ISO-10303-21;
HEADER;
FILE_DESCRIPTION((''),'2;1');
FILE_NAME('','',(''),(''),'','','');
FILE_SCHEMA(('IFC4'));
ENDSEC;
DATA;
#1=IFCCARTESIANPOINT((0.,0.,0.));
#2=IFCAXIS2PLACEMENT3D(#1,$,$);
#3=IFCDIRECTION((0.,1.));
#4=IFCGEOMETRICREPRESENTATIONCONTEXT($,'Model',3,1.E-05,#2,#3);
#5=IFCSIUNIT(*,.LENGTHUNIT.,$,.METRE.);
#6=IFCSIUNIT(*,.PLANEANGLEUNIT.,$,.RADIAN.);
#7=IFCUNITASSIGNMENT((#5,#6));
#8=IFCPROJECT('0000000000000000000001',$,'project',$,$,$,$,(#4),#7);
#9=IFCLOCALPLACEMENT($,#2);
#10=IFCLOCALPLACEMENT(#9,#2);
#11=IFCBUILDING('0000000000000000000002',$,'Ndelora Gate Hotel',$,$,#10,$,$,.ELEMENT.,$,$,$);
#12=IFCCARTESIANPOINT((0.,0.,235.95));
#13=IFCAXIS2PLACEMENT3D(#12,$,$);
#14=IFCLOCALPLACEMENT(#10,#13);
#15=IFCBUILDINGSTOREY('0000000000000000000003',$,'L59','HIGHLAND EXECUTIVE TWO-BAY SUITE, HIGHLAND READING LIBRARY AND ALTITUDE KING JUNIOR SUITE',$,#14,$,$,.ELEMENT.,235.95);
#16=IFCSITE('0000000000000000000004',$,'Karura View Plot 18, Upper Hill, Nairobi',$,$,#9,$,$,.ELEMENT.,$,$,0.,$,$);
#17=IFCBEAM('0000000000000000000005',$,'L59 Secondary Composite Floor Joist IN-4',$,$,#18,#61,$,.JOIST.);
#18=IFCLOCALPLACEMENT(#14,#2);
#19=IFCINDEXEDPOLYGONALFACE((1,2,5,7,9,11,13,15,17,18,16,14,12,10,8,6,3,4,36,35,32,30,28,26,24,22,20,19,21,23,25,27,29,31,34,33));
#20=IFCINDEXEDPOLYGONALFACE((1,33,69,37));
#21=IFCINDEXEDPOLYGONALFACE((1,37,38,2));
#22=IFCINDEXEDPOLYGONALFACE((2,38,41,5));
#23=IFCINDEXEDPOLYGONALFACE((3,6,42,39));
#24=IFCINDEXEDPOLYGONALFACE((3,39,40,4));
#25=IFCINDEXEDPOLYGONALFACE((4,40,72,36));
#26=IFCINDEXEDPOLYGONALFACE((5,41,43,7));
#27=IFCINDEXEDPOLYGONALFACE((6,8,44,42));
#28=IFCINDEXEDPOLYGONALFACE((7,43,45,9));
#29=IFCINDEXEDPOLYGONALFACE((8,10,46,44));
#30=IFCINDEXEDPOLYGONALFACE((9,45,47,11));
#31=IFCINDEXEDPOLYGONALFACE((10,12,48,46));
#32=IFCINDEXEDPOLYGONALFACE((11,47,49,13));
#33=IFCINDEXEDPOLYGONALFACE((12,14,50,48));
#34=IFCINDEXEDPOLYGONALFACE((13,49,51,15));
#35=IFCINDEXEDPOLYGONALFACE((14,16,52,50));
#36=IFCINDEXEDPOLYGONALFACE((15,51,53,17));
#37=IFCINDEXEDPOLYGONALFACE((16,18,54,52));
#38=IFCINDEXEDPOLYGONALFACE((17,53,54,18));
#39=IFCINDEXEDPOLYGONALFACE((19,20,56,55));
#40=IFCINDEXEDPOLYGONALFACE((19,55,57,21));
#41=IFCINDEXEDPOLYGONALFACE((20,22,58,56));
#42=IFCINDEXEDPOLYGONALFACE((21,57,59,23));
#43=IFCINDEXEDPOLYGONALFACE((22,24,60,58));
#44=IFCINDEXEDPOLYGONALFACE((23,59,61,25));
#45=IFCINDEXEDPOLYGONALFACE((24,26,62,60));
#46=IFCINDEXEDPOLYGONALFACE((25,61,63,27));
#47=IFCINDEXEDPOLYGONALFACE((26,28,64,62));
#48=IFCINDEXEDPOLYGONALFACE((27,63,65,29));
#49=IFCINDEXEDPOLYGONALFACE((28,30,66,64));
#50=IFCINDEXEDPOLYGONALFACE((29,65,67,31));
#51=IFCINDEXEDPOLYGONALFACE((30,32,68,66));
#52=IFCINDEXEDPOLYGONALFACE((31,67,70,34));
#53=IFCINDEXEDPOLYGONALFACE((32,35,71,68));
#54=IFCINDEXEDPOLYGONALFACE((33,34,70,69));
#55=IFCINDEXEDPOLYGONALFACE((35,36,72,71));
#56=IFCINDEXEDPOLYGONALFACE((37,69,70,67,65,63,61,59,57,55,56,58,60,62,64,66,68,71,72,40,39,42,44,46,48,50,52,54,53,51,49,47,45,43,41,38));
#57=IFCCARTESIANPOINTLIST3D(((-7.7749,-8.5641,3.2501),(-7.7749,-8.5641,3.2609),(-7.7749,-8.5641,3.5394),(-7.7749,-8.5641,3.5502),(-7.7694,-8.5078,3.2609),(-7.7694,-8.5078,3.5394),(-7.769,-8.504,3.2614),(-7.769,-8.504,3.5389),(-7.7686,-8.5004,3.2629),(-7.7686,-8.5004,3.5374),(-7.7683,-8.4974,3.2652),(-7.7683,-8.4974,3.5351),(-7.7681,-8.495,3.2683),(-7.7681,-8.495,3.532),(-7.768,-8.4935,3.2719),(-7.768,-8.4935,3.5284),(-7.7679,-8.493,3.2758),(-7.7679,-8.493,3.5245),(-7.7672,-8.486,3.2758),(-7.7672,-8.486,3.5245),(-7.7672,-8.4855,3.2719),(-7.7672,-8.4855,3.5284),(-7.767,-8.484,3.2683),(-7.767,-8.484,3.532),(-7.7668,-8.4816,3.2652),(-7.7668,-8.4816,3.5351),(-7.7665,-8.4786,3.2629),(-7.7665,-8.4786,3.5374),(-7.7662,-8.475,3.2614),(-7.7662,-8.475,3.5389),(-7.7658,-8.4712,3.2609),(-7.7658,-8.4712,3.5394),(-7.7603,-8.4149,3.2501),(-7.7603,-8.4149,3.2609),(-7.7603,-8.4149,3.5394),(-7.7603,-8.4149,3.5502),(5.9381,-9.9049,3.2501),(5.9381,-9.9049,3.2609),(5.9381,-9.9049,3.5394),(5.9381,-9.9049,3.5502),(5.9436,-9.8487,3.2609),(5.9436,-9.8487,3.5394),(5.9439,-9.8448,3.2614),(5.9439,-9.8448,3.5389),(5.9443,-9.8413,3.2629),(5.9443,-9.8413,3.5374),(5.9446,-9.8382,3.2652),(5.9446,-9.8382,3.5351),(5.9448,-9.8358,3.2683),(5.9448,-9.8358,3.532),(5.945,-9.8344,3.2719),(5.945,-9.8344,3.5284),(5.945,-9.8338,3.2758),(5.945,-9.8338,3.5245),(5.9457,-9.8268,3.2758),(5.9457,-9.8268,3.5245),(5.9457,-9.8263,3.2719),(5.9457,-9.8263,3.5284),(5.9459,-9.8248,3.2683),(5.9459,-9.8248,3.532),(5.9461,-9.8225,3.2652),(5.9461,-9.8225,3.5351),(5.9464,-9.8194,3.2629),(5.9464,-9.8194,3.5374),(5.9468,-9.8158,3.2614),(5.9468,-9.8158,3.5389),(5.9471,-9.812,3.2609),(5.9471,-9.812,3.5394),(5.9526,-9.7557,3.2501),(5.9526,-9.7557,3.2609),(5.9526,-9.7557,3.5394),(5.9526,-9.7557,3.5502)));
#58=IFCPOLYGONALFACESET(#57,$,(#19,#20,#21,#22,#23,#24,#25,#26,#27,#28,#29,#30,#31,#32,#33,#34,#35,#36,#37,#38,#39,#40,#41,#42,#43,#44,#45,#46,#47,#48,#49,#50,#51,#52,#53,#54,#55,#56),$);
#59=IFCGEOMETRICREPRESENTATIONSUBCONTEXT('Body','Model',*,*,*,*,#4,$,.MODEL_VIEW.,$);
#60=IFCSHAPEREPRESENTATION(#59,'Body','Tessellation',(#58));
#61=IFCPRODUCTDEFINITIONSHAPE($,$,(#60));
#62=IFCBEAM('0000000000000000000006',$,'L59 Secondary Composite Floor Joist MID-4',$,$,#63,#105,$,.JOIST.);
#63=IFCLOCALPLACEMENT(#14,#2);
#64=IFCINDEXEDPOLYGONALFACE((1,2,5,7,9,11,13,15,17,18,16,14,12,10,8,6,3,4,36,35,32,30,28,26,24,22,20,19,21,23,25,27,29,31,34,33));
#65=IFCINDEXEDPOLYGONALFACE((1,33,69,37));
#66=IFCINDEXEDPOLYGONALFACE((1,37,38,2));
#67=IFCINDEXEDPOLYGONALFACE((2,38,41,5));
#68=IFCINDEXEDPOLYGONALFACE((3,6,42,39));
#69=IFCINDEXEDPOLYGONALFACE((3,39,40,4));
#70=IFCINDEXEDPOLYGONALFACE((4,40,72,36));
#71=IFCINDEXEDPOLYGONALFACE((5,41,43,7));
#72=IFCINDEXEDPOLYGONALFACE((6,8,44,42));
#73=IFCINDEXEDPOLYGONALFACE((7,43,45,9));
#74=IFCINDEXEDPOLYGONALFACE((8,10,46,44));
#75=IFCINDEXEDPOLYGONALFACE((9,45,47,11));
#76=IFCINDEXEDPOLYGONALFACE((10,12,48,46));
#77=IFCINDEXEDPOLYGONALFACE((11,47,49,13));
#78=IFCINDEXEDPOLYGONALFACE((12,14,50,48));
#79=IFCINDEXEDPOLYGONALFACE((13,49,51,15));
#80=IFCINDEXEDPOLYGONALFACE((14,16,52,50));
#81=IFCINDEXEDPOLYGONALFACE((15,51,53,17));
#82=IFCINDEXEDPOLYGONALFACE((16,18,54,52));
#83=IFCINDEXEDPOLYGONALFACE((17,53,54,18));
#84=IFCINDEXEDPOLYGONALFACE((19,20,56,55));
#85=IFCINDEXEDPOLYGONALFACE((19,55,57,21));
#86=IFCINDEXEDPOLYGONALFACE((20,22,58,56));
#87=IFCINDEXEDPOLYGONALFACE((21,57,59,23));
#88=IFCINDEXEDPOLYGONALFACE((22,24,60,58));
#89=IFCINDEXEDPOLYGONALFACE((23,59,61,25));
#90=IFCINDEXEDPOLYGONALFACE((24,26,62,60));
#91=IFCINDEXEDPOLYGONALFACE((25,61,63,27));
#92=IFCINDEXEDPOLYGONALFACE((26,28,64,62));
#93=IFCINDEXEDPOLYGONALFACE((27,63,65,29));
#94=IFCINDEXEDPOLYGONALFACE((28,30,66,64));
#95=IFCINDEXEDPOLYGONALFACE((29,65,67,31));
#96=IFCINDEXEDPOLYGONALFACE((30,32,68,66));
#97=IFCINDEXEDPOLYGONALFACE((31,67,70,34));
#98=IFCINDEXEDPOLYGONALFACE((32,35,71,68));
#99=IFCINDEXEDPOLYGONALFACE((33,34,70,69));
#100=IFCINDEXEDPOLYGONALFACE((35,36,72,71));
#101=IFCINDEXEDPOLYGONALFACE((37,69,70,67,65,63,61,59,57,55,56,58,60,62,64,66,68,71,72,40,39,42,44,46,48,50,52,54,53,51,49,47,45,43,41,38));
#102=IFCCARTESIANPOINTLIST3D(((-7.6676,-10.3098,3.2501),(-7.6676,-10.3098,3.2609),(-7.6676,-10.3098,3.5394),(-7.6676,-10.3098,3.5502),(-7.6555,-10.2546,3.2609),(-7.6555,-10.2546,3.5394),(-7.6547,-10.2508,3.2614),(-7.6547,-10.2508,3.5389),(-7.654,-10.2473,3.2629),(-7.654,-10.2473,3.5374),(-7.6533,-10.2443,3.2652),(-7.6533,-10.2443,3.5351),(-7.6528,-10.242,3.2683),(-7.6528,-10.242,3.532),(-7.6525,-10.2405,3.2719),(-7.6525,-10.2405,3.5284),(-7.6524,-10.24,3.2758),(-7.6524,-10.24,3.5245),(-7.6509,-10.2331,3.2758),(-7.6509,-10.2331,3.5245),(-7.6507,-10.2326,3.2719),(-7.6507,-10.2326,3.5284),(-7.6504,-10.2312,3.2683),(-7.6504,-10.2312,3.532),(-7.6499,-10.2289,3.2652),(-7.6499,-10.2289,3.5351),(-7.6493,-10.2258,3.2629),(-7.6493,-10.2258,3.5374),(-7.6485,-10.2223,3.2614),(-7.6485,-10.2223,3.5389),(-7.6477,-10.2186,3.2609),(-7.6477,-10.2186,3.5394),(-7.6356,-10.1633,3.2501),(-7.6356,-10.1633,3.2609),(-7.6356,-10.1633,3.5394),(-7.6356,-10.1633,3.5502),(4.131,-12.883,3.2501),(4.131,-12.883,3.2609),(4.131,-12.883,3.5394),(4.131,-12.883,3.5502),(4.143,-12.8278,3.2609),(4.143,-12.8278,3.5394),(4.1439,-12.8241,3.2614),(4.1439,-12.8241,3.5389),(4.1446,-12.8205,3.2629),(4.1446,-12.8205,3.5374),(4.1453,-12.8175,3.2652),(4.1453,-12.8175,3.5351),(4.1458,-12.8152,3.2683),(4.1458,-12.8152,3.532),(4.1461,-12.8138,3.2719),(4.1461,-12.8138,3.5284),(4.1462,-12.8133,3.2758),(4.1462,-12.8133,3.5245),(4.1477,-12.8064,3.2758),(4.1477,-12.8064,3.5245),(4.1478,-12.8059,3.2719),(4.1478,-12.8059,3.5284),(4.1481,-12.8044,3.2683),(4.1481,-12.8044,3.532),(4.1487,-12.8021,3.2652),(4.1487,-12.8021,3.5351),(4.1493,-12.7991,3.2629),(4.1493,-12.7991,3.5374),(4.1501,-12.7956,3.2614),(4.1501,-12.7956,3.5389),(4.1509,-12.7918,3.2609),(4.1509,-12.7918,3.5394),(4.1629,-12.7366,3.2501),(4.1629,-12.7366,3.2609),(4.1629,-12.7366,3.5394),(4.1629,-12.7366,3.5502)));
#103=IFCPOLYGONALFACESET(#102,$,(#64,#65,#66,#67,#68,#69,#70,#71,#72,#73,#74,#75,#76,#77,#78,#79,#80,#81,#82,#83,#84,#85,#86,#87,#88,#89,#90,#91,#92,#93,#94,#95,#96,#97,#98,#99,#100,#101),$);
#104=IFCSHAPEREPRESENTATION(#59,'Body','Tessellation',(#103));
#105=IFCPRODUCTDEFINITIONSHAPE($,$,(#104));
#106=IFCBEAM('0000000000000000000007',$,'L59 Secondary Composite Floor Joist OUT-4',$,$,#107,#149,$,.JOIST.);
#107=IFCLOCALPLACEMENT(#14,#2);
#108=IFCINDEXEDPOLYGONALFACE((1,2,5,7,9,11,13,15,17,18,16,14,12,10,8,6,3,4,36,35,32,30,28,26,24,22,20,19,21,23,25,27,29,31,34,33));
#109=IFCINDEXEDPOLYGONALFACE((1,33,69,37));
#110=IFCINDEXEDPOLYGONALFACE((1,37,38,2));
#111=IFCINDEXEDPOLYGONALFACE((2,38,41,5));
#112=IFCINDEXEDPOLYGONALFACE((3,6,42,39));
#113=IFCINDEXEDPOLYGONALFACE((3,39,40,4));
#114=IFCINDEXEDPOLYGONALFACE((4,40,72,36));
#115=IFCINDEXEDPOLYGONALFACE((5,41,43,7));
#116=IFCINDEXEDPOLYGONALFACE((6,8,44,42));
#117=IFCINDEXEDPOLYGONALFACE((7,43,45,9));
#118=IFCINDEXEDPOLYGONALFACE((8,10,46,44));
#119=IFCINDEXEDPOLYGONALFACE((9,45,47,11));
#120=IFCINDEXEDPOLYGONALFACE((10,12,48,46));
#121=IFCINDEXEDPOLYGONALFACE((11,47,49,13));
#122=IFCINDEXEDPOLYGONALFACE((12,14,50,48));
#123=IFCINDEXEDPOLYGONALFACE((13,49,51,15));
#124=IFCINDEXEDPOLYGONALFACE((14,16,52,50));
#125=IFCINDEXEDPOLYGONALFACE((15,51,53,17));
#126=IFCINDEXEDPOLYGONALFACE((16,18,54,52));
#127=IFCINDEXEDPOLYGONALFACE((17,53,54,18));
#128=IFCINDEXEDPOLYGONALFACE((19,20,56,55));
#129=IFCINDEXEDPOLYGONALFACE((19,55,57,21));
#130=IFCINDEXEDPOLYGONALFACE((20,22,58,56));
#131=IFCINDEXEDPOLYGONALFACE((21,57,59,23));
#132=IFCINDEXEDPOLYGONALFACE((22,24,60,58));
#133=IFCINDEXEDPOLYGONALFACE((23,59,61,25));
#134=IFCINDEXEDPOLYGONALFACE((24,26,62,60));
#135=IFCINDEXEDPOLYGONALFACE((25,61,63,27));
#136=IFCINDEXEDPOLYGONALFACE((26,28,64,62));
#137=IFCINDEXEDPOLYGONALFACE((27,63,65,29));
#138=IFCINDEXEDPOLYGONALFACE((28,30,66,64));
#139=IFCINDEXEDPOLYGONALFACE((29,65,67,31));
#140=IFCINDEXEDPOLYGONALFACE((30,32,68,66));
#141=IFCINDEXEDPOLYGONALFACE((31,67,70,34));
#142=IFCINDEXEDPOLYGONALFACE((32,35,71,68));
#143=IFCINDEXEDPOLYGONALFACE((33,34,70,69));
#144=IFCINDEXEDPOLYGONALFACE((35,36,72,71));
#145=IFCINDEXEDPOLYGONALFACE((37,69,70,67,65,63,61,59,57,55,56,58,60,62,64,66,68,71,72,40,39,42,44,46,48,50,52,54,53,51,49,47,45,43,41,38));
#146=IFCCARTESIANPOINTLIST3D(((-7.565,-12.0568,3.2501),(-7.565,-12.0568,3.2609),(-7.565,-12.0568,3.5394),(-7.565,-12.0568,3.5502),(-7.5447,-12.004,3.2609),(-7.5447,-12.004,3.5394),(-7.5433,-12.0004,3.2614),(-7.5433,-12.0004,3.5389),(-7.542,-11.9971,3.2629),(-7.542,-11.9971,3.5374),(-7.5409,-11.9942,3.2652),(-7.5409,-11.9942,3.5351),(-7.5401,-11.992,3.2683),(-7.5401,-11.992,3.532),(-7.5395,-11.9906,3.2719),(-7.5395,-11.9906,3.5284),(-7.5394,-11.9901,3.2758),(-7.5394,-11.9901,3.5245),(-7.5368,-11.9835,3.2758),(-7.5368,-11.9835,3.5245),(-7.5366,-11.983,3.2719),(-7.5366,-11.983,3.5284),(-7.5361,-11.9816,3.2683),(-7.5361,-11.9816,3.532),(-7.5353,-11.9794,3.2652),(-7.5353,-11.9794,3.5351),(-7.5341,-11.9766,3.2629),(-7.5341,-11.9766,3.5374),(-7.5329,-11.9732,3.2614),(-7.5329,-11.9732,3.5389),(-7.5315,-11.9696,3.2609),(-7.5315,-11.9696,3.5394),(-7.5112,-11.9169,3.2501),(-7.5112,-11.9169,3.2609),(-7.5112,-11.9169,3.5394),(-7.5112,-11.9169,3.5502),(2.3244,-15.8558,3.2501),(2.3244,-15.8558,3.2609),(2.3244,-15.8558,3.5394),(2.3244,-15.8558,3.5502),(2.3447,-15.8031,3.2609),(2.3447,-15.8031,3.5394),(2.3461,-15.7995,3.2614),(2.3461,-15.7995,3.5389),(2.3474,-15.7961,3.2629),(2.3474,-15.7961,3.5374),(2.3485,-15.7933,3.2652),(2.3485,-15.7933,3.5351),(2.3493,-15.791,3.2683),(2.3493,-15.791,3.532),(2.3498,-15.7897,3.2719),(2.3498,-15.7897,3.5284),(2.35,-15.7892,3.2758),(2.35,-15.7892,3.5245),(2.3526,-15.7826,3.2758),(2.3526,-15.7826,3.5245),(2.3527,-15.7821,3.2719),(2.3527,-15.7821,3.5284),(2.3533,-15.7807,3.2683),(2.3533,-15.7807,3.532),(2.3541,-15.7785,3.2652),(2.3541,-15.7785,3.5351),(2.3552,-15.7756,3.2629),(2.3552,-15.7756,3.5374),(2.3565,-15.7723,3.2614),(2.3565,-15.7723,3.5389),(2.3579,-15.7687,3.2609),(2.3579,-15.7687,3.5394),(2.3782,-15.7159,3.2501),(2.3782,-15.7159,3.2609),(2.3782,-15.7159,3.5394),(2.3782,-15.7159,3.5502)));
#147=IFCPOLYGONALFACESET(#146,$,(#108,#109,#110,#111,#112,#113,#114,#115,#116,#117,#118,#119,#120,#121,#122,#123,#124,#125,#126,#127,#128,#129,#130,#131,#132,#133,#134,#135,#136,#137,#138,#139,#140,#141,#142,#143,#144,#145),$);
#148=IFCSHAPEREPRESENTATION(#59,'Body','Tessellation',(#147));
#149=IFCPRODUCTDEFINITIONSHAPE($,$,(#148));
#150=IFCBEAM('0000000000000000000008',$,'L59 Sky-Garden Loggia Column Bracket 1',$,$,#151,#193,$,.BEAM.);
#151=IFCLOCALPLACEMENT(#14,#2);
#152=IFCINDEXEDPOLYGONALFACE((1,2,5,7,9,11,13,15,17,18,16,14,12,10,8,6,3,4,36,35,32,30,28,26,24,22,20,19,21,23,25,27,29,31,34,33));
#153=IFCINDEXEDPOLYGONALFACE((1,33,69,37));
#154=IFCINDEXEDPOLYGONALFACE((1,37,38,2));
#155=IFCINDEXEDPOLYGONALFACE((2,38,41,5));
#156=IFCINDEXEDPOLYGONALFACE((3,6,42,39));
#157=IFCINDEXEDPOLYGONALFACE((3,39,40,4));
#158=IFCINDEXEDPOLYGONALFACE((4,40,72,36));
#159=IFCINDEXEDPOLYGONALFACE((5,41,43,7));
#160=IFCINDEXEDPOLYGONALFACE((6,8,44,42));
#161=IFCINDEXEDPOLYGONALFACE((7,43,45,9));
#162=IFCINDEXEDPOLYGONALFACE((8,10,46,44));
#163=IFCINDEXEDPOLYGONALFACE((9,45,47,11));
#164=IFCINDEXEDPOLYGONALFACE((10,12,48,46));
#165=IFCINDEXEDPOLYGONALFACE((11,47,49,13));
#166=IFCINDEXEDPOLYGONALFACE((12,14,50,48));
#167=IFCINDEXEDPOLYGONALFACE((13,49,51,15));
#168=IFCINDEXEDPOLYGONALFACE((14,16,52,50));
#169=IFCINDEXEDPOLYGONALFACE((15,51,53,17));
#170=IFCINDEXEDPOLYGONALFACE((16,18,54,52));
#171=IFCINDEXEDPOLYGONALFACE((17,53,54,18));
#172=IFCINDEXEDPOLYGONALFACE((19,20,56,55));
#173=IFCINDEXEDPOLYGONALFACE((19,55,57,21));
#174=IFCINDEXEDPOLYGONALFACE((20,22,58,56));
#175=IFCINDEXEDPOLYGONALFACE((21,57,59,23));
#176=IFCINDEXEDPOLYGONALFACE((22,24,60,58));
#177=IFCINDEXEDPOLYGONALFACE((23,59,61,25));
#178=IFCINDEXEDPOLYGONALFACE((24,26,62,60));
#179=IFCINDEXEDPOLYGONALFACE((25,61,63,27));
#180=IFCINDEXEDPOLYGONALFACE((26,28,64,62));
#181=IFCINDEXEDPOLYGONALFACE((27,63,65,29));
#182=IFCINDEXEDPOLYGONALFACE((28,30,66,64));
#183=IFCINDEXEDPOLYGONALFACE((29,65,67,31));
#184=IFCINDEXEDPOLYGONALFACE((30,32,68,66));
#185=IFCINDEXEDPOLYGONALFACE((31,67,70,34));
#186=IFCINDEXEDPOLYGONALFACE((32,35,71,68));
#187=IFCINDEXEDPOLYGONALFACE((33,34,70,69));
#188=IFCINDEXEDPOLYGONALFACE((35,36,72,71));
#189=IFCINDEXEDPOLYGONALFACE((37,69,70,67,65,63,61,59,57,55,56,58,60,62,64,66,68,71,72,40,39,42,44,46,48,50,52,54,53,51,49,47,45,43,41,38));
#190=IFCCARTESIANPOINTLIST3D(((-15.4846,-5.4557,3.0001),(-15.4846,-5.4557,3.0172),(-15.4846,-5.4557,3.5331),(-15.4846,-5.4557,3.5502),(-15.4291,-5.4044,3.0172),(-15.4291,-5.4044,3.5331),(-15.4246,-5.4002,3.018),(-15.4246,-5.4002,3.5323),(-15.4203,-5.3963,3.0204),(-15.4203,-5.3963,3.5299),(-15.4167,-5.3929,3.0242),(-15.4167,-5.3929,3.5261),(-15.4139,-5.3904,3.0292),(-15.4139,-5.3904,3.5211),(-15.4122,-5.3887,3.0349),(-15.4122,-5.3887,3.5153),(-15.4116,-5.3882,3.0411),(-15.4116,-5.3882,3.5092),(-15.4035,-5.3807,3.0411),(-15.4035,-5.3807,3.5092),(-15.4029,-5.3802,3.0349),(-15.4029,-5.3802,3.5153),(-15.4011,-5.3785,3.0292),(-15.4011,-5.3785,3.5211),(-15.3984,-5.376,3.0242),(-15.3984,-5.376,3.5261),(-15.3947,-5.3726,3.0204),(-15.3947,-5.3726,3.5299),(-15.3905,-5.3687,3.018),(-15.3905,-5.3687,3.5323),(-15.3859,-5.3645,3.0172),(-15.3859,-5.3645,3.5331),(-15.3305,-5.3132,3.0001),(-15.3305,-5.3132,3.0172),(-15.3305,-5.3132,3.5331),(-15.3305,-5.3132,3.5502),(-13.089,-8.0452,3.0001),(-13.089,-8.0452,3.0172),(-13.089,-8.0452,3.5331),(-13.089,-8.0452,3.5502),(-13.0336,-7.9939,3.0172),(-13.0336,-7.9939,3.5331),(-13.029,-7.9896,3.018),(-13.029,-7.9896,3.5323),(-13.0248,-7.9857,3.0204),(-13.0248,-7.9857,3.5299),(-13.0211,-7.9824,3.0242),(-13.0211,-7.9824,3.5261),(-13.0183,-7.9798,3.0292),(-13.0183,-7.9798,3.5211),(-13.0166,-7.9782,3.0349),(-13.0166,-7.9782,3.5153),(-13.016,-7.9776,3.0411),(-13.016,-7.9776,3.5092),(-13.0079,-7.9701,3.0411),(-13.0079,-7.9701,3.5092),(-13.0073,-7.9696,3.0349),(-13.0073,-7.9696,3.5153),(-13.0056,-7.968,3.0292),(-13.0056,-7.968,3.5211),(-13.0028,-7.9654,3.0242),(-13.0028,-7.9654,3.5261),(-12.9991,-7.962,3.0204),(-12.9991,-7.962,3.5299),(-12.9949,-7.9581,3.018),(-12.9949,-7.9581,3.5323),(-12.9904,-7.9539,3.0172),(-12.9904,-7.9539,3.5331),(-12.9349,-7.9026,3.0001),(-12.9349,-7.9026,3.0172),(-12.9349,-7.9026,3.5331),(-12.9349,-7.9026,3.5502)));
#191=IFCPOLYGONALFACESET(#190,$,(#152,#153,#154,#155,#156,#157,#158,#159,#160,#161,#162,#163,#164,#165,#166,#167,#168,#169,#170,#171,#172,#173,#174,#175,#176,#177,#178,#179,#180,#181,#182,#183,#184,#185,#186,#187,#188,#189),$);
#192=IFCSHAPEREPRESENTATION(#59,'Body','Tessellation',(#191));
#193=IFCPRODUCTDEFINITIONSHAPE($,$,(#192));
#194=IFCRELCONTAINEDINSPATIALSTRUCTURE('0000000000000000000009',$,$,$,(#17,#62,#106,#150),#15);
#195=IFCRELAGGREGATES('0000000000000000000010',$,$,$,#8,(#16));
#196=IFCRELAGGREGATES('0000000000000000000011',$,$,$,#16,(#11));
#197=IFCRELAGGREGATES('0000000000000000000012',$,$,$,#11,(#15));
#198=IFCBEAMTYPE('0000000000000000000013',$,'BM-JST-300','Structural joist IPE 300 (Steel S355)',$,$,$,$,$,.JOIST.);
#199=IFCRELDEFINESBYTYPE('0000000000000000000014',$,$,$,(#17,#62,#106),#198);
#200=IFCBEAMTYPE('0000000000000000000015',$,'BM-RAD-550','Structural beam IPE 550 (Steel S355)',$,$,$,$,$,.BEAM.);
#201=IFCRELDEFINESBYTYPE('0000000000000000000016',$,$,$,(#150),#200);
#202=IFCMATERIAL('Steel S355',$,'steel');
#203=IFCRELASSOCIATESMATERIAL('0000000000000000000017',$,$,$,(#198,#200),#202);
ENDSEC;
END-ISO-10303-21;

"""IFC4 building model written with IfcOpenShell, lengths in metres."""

from ifc_helpers import new_model, si_unit, direction, frame, origin, origin_2d, place, context, subcontext, project, spatial, i_section, extrude, material, material_profile, profile_set, type_object, element, save


model = new_model("IFC4")

# Units and contexts
model_context = context("Model", 3, precision=1e-05, world=origin(), true_north=direction((0.0, 1.0)))
body_context = subcontext(model_context, "Body", "Model", "MODEL_VIEW")
ifc_project = project(units=[si_unit("LENGTHUNIT", "METRE"), si_unit("PLANEANGLEUNIT", "RADIAN")], contexts=[model_context])

# Site, building, storey
site_placement = place(None, origin())
site = spatial("IfcSite", under=ifc_project, at=site_placement, Name="Karura View Plot 18, Upper Hill, Nairobi", CompositionType="ELEMENT", RefElevation=0.0)
building_placement = place(site_placement, origin())
building = spatial("IfcBuilding", under=site, at=building_placement, Name="Ndelora Gate Hotel", CompositionType="ELEMENT")
storey_placement = place(building_placement, frame((0.0, 0.0, 235.95)))
storey = spatial("IfcBuildingStorey", under=building, at=storey_placement, Name="L59", Description="HIGHLAND EXECUTIVE TWO-BAY SUITE, HIGHLAND READING LIBRARY AND ALTITUDE KING JUNIOR SUITE", CompositionType="ELEMENT", Elevation=235.95)

# Beams
ifc_material_1 = material(Name="Steel S355", Category="steel")
ifc_material_profile_1 = material_profile(ifc_material_1, i_section(OverallWidth=0.1499, OverallDepth=0.3, WebThickness=0.0071, FlangeThickness=0.0107, FilletRadius=0.0149, at=origin_2d()), Name="IPE 300")
ifc_profile_set_1 = profile_set([ifc_material_profile_1], Name="Steel S355")
beam_type_1 = type_object("IfcBeamType", Name="BM-JST-300", Description="Structural joist IPE 300 (Steel S355)", PredefinedType="JOIST", material=ifc_profile_set_1)
beam_1_placement = place(storey_placement, frame((-7.7676, -8.4895, 3.4001), z_axis=(0.995254, -0.097314, 0.0), x_axis=(0.097314, 0.995254, 0.0)))
element("IfcBeam", 1, at=beam_1_placement, inside=storey, type_object=beam_type_1, Name="L59 Secondary Composite Floor Joist IN-4", PredefinedType="JOIST", context=body_context, shape_type="SweptSolid", body=[
    extrude(i_section(OverallWidth=0.1499, OverallDepth=0.3, WebThickness=0.0071, FlangeThickness=0.0107, FilletRadius=0.0149, at=origin_2d()), origin(), (0.0, 0.0, 1.0), 13.7783),
])
beam_2_placement = place(storey_placement, frame((-7.6516, -10.2366, 3.4001), z_axis=(0.977033, -0.213088, 0.0), x_axis=(0.213088, 0.977033, 0.0)))
element("IfcBeam", 2, at=beam_2_placement, inside=storey, type_object=beam_type_1, Name="L59 Secondary Composite Floor Joist MID-4", PredefinedType="JOIST", context=body_context, shape_type="SweptSolid", body=[
    extrude(i_section(OverallWidth=0.1499, OverallDepth=0.3, WebThickness=0.0071, FlangeThickness=0.0107, FilletRadius=0.0149, at=origin_2d()), origin(), (0.0, 0.0, 1.0), 12.0759),
])
beam_3_placement = place(storey_placement, frame((-7.5381, -11.9868, 3.4001), z_axis=(0.933489, -0.358605, 0.0), x_axis=(0.358605, 0.933489, 0.0)))
element("IfcBeam", 3, at=beam_3_placement, inside=storey, type_object=beam_type_1, Name="L59 Secondary Composite Floor Joist OUT-4", PredefinedType="JOIST", context=body_context, shape_type="SweptSolid", body=[
    extrude(i_section(OverallWidth=0.1499, OverallDepth=0.3, WebThickness=0.0071, FlangeThickness=0.0107, FilletRadius=0.0149, at=origin_2d()), origin(), (0.0, 0.0, 1.0), 10.594),
])
ifc_material_profile_2 = material_profile(ifc_material_1, i_section(OverallWidth=0.21, OverallDepth=0.55, WebThickness=0.011, FlangeThickness=0.0171, FilletRadius=0.0239, at=origin_2d()), Name="IPE 550")
ifc_profile_set_2 = profile_set([ifc_material_profile_2], Name="Steel S355")
beam_type_2 = type_object("IfcBeamType", Name="BM-RAD-550", Description="Structural beam IPE 550 (Steel S355)", PredefinedType="BEAM", material=ifc_profile_set_2)
beam_4_placement = place(storey_placement, frame((-13.012, -7.9739, 3.2751), z_axis=(-0.679096, 0.734049, 0.0), x_axis=(-0.734049, -0.679096, 0.0)))
element("IfcBeam", 4, at=beam_4_placement, inside=storey, type_object=beam_type_2, Name="L59 Sky-Garden Loggia Column Bracket 1", PredefinedType="BEAM", context=body_context, shape_type="SweptSolid", body=[
    extrude(i_section(OverallWidth=0.21, OverallDepth=0.55, WebThickness=0.011, FlangeThickness=0.0171, FilletRadius=0.0239, at=origin_2d()), origin(), (0.0, 0.0, 1.0), 3.5276),
])

save(model, "model.ifc")
